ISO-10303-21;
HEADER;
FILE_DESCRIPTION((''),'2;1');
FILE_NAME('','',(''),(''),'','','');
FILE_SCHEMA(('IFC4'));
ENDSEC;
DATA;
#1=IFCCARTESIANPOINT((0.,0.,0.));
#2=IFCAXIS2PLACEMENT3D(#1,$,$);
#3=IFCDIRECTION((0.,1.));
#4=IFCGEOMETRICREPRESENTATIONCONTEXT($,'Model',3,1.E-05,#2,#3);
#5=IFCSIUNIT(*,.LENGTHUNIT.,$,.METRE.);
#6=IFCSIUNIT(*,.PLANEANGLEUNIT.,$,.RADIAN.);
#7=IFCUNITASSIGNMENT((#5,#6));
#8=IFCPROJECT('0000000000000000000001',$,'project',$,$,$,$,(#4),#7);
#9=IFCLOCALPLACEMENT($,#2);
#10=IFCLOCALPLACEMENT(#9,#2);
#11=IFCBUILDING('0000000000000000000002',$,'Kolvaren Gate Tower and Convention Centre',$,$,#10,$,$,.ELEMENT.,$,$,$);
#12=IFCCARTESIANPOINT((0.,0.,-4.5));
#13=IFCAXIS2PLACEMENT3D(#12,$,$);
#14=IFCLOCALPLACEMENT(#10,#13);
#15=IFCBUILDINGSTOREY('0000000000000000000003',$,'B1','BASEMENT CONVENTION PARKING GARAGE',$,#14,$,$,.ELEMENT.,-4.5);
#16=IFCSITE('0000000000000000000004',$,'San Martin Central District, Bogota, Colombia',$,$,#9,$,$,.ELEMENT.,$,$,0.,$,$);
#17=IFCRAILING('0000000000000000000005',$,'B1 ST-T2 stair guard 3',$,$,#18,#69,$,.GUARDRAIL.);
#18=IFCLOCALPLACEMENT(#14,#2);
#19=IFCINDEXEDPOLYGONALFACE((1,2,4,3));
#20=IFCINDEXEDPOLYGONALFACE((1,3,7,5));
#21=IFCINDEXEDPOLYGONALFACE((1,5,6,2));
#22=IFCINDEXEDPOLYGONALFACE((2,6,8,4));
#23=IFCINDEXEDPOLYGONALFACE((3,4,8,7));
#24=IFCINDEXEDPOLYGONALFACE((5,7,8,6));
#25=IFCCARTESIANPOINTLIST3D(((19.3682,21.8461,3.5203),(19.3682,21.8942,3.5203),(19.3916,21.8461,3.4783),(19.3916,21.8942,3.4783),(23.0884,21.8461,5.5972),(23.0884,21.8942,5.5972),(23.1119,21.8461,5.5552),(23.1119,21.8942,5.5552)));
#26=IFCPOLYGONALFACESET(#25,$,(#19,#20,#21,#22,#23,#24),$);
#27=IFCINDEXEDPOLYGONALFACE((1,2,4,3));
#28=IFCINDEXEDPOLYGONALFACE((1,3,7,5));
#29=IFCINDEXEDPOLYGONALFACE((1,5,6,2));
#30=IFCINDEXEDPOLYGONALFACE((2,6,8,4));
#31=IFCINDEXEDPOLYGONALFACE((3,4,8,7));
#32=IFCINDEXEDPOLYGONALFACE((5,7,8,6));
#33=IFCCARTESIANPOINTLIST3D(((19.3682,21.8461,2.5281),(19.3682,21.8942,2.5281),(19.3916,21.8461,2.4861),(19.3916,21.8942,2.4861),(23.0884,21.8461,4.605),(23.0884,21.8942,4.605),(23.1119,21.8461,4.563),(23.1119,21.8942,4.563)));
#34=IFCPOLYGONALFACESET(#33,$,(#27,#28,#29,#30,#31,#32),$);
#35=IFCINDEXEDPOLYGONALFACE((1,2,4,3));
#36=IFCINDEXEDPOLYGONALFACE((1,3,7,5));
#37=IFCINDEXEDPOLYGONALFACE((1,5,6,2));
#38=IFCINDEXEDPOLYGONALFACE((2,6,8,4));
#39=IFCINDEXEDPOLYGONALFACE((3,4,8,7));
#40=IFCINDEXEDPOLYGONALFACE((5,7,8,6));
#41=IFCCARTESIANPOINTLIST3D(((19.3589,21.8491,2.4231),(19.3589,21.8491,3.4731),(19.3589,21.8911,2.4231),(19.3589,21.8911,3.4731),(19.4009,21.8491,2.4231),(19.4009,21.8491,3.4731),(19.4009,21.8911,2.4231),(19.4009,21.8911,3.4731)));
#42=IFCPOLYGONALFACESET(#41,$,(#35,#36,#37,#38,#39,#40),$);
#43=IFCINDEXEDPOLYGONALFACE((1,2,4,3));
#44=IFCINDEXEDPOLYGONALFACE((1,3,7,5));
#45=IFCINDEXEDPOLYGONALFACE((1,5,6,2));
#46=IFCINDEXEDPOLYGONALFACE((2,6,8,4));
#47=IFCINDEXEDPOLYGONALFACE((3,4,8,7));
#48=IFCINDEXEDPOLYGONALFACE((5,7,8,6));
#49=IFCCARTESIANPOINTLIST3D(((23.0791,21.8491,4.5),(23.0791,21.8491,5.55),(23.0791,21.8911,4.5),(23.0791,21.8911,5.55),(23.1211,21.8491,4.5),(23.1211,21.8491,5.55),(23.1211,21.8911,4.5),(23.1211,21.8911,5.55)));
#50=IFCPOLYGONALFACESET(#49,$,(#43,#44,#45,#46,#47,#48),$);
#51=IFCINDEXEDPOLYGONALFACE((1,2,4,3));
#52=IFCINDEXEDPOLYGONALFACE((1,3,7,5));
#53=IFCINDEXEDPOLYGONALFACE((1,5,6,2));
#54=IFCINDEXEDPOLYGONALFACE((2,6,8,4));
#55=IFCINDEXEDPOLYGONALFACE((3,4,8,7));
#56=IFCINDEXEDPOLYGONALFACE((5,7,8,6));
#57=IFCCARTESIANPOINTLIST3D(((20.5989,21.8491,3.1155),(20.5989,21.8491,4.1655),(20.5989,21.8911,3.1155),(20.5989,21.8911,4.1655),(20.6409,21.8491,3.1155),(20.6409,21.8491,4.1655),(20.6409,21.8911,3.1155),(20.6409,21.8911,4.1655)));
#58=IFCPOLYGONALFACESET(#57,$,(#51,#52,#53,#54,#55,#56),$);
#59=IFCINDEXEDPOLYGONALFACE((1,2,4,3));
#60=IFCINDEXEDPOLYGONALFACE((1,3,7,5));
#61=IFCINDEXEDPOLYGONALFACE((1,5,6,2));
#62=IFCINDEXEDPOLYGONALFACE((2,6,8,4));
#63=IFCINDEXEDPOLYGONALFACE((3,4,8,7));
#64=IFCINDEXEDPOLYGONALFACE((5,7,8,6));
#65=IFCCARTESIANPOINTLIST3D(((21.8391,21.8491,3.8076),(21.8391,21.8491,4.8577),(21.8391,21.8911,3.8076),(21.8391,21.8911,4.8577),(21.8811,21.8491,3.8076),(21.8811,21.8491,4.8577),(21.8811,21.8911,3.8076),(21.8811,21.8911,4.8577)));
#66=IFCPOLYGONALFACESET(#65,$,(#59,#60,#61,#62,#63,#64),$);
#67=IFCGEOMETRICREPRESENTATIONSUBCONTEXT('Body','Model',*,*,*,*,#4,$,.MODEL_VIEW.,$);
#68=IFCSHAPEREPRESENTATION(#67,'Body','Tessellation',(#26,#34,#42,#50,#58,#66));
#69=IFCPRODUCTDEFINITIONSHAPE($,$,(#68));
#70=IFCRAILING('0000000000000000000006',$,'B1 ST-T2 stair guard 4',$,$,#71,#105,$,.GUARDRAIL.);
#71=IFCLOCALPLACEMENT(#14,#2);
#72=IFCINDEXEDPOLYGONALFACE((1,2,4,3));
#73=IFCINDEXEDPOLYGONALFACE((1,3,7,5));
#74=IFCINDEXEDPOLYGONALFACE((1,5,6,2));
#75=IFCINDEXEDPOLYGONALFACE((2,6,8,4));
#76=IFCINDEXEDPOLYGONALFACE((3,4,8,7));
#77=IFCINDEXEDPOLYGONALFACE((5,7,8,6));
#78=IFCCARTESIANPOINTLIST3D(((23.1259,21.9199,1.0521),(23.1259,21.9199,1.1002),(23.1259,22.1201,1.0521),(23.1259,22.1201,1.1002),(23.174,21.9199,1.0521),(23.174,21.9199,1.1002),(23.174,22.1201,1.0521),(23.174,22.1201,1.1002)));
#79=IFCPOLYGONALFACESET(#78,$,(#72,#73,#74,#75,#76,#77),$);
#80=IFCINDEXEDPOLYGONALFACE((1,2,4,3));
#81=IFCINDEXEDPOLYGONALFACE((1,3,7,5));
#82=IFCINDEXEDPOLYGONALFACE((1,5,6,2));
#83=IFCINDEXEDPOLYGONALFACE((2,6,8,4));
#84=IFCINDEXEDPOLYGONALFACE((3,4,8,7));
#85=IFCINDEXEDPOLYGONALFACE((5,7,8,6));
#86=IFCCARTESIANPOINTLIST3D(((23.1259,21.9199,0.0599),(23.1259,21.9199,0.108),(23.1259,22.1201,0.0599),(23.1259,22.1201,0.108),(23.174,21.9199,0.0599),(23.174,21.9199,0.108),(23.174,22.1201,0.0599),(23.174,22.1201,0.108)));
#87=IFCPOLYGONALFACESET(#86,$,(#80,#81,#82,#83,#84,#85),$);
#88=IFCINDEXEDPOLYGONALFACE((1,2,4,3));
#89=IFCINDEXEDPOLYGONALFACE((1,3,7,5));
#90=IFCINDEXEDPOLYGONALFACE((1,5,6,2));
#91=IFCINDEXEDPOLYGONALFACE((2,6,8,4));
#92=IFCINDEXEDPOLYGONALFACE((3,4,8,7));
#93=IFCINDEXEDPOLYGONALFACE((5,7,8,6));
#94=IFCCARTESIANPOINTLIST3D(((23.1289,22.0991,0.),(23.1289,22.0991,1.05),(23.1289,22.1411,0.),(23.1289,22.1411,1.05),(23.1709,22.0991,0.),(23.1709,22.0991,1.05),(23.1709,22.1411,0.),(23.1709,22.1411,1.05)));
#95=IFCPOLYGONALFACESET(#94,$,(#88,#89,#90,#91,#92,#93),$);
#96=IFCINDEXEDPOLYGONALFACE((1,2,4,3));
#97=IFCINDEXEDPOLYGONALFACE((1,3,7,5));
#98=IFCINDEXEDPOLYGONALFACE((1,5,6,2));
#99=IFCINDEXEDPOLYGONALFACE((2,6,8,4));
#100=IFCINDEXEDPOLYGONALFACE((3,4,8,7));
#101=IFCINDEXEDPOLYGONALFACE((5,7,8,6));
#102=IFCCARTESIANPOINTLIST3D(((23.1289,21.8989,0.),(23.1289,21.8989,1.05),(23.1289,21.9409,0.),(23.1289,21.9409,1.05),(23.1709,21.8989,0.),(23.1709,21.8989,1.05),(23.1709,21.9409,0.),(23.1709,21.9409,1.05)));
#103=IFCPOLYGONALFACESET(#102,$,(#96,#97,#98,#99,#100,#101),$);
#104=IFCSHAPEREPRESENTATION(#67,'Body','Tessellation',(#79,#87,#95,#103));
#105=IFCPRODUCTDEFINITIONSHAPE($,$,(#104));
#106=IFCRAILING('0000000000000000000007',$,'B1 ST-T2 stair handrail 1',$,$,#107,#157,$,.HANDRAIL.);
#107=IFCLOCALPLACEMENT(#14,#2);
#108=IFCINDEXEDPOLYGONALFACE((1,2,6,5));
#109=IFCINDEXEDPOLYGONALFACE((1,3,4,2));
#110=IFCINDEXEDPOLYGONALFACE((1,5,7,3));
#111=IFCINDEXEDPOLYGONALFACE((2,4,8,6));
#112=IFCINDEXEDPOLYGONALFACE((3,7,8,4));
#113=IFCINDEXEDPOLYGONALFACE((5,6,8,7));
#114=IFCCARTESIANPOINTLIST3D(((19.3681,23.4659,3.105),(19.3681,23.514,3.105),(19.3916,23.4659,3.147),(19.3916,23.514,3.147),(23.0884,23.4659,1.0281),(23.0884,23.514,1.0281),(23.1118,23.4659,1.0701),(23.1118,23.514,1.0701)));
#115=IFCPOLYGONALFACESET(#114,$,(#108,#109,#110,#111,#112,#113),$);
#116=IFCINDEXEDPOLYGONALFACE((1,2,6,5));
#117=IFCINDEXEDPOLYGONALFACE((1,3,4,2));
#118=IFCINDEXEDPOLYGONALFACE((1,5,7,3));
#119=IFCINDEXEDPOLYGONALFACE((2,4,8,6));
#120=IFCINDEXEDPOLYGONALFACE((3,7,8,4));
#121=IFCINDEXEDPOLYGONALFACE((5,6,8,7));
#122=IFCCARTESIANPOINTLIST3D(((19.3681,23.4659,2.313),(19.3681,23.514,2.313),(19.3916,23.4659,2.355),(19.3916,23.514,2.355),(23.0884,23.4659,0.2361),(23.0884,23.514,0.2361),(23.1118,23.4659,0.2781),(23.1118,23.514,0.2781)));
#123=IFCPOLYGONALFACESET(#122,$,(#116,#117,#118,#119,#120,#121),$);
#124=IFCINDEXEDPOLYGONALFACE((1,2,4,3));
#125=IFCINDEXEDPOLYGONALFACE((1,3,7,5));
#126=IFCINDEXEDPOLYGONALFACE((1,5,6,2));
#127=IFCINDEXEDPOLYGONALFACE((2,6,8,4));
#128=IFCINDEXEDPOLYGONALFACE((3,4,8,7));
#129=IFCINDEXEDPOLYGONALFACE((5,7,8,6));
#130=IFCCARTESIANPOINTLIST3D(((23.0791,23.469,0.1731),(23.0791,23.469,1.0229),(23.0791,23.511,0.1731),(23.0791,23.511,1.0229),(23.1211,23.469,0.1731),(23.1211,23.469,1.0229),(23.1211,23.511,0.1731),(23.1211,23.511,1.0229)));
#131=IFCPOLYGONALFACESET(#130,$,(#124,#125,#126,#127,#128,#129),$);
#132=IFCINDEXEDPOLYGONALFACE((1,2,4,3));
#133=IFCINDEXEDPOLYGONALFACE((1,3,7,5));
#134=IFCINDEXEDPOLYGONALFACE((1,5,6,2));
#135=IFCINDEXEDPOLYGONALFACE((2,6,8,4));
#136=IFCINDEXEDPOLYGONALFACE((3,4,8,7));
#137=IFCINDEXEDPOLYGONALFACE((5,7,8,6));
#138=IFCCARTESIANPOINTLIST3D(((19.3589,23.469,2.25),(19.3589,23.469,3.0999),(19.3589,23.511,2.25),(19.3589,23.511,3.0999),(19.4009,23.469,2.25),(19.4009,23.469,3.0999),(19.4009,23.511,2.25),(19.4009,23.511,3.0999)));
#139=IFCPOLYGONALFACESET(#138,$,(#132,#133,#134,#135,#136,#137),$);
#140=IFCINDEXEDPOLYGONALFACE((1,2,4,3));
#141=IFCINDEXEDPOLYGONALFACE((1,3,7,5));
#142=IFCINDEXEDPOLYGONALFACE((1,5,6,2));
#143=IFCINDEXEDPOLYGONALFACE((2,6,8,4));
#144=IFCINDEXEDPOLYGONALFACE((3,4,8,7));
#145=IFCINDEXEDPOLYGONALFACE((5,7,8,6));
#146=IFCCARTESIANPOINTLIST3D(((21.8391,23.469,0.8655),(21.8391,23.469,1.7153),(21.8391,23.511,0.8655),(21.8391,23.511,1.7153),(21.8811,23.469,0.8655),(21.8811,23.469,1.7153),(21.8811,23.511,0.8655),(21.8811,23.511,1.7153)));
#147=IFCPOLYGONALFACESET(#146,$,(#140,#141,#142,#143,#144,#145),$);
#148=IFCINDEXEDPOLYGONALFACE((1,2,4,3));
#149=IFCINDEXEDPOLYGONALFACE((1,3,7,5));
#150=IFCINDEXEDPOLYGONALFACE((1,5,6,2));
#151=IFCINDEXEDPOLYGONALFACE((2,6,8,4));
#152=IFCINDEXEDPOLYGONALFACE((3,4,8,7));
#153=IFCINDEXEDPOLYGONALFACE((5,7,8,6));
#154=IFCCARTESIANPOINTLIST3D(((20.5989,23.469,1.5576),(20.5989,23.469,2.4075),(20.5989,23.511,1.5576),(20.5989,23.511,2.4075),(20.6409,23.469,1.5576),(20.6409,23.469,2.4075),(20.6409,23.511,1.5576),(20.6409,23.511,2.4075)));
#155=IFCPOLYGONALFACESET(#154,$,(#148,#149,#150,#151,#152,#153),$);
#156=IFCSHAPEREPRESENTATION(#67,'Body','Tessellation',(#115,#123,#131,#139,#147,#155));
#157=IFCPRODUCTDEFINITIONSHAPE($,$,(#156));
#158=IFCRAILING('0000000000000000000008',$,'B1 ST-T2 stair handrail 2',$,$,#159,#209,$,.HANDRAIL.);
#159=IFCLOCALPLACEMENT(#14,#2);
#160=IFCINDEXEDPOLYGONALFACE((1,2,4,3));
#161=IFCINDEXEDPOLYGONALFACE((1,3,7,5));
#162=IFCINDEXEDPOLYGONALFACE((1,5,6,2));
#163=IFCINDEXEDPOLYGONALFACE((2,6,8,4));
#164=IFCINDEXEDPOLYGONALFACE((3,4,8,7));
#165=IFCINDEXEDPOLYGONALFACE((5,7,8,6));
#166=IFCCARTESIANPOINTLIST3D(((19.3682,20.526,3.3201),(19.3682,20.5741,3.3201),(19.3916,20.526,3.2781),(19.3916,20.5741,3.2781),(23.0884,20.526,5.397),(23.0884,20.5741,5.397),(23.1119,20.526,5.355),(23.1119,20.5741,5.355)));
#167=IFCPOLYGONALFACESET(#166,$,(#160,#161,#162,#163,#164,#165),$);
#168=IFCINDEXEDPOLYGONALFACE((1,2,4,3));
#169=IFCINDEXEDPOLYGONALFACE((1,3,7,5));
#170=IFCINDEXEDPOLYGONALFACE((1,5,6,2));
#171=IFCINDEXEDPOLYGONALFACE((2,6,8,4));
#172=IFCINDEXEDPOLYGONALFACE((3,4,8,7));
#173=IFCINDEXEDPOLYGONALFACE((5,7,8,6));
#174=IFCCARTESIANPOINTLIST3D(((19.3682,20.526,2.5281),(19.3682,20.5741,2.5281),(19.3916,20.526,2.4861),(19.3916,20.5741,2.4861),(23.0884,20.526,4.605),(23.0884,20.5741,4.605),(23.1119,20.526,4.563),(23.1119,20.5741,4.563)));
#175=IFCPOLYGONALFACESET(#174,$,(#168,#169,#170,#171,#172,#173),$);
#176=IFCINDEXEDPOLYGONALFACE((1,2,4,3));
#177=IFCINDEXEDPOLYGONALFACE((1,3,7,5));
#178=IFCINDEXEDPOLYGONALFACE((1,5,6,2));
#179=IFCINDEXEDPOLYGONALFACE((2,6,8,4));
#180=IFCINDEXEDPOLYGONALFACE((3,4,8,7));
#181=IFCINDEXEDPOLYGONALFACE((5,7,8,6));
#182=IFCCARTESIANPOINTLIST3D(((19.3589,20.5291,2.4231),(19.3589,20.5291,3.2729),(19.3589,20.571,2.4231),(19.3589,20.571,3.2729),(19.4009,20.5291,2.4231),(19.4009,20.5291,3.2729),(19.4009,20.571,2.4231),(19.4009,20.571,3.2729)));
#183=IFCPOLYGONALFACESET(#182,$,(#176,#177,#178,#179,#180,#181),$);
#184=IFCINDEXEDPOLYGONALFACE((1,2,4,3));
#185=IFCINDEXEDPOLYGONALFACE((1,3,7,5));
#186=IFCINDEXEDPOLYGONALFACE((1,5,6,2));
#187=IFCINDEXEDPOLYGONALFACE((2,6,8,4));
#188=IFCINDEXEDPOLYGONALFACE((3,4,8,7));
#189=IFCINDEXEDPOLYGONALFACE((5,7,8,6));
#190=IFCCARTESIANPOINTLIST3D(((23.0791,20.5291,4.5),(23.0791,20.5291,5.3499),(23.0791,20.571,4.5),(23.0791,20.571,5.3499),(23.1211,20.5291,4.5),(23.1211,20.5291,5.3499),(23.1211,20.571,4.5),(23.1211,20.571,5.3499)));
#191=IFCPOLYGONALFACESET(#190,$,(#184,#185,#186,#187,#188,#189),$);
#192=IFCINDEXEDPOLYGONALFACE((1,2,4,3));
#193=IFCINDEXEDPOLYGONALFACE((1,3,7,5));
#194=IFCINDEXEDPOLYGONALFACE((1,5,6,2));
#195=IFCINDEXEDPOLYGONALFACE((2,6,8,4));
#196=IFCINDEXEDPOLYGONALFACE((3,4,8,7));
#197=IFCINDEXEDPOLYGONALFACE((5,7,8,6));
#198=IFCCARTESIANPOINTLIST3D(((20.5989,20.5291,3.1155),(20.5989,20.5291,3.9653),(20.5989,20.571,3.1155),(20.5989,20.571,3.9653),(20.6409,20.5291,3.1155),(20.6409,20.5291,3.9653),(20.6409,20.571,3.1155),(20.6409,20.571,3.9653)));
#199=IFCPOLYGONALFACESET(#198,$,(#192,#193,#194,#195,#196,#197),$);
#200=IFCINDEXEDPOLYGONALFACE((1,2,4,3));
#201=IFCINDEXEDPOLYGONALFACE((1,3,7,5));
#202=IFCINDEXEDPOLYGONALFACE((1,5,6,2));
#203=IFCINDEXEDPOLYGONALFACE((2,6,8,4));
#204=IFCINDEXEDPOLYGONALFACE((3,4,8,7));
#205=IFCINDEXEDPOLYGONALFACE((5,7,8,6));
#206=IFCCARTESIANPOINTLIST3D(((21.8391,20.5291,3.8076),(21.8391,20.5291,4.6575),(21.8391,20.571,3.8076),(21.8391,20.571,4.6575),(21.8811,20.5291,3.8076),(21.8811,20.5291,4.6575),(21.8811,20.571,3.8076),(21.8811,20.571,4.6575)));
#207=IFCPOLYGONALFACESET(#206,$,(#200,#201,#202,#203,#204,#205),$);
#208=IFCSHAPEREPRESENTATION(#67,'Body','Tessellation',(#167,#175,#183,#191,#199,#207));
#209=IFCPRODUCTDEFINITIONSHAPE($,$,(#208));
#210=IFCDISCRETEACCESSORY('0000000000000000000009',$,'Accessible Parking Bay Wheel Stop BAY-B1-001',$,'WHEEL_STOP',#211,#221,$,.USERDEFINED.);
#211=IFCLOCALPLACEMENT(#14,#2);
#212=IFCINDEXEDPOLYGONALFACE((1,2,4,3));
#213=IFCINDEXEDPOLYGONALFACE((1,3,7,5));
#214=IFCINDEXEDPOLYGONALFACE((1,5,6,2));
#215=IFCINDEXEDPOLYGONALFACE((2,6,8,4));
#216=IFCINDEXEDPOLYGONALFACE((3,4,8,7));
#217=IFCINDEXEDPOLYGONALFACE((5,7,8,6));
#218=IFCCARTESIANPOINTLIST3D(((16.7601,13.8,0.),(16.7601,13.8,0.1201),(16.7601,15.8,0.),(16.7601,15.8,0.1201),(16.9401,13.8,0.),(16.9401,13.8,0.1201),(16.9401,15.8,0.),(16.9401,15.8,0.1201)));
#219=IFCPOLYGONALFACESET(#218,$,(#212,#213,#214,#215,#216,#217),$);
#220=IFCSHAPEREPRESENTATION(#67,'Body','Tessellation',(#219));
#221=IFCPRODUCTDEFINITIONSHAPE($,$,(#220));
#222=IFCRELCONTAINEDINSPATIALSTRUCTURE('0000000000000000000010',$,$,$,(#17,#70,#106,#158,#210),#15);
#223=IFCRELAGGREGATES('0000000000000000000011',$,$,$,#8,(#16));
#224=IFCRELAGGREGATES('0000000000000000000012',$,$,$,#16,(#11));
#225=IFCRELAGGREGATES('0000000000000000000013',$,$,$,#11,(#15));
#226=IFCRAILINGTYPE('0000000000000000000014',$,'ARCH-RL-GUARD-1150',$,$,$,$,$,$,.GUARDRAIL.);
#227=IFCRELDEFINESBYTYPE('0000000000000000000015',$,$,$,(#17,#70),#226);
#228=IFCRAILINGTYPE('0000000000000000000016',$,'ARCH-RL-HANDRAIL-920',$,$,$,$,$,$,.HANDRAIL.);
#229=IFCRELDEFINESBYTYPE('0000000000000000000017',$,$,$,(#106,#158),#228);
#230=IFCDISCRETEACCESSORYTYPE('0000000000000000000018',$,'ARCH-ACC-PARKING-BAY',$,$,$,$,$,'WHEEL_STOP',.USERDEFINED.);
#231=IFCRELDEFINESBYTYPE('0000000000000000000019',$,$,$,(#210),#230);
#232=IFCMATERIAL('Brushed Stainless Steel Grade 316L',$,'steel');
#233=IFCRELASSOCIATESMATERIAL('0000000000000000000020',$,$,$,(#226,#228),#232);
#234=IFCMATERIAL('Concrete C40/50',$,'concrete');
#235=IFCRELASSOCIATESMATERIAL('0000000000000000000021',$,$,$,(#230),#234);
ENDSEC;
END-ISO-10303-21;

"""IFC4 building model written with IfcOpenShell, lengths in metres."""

from ifc_helpers import new_model, si_unit, direction, frame, origin, origin_2d, place, context, subcontext, project, spatial, rectangle, extrude, material, type_object, element, save


model = new_model("IFC4")

# Units and contexts
model_context = context("Model", 3, precision=1e-05, world=origin(), true_north=direction((0.0, 1.0)))
body_context = subcontext(model_context, "Body", "Model", "MODEL_VIEW")
ifc_project = project(units=[si_unit("LENGTHUNIT", "METRE"), si_unit("PLANEANGLEUNIT", "RADIAN")], contexts=[model_context])

# Site, building, storey
site_placement = place(None, origin())
site = spatial("IfcSite", under=ifc_project, at=site_placement, Name="San Martin Central District, Bogota, Colombia", CompositionType="ELEMENT", RefElevation=0.0)
building_placement = place(site_placement, origin())
building = spatial("IfcBuilding", under=site, at=building_placement, Name="Kolvaren Gate Tower and Convention Centre", CompositionType="ELEMENT")
storey_placement = place(building_placement, frame((0.0, 0.0, -4.5)))
storey = spatial("IfcBuildingStorey", under=building, at=storey_placement, Name="B1", Description="BASEMENT CONVENTION PARKING GARAGE", CompositionType="ELEMENT", Elevation=-4.5)

# Shared definitions
ifc_material_1 = material(Name="Brushed Stainless Steel Grade 316L", Category="steel")

# Railings
railing_type_1 = type_object("IfcRailingType", Name="ARCH-RL-GUARD-1150", PredefinedType="GUARDRAIL", material=ifc_material_1)
railing_1_placement = place(storey_placement, frame((19.3799, 21.8701, 2.4231)))
element("IfcRailing", 1, at=railing_1_placement, inside=storey, type_object=railing_type_1, Name="B1 ST-T2 stair guard 3", PredefinedType="GUARDRAIL", context=body_context, shape_type="SweptSolid", body=[
    extrude(rectangle(XDim=0.0481, YDim=0.0481, at=origin_2d()), frame((0.0, 0.0, 1.0762), z_axis=(0.873147, 0.0, 0.487457), x_axis=(0.0, 1.0, 0.0)), (0.0, 0.0, 1.0), 4.2607),
    extrude(rectangle(XDim=0.0481, YDim=0.0481, at=origin_2d()), frame((0.0, 0.0, 0.084), z_axis=(0.873147, 0.0, 0.487457), x_axis=(0.0, 1.0, 0.0)), (0.0, 0.0, 1.0), 4.2607),
    extrude(rectangle(XDim=0.042, YDim=0.042, at=origin_2d()), origin(), (0.0, 0.0, 1.0), 1.05),
    extrude(rectangle(XDim=0.042, YDim=0.042, at=origin_2d()), frame((3.7202, 0.0, 2.0769)), (0.0, 0.0, 1.0), 1.05),
    extrude(rectangle(XDim=0.042, YDim=0.042, at=origin_2d()), frame((1.24, 0.0, 0.6924)), (0.0, 0.0, 1.0), 1.05),
    extrude(rectangle(XDim=0.042, YDim=0.042, at=origin_2d()), frame((2.4802, 0.0, 1.3845)), (0.0, 0.0, 1.0), 1.05),
])
railing_2_placement = place(storey_placement, frame((23.1499, 22.1201, 0.0)))
element("IfcRailing", 2, at=railing_2_placement, inside=storey, type_object=railing_type_1, Name="B1 ST-T2 stair guard 4", PredefinedType="GUARDRAIL", context=body_context, shape_type="SweptSolid", body=[
    extrude(rectangle(XDim=0.0481, YDim=0.0481, at=origin_2d()), frame((0.0, 0.0, 1.0762), z_axis=(0.0, -1.0, 0.0), x_axis=(1.0, 0.0, 0.0)), (0.0, 0.0, 1.0), 0.2002),
    extrude(rectangle(XDim=0.0481, YDim=0.0481, at=origin_2d()), frame((0.0, 0.0, 0.084), z_axis=(0.0, -1.0, 0.0), x_axis=(1.0, 0.0, 0.0)), (0.0, 0.0, 1.0), 0.2002),
    extrude(rectangle(XDim=0.042, YDim=0.042, at=origin_2d()), origin(), (0.0, 0.0, 1.0), 1.05),
    extrude(rectangle(XDim=0.042, YDim=0.042, at=origin_2d()), frame((0.0, -0.2002, 0.0)), (0.0, 0.0, 1.0), 1.05),
])
railing_type_2 = type_object("IfcRailingType", Name="ARCH-RL-HANDRAIL-920", PredefinedType="HANDRAIL", material=ifc_material_1)
railing_3_placement = place(storey_placement, frame((23.1001, 23.49, 0.1731)))
element("IfcRailing", 3, at=railing_3_placement, inside=storey, type_object=railing_type_2, Name="B1 ST-T2 stair handrail 1", PredefinedType="HANDRAIL", context=body_context, shape_type="SweptSolid", body=[
    extrude(rectangle(XDim=0.0481, YDim=0.0481, at=origin_2d()), frame((0.0, 0.0, 0.876), z_axis=(-0.873147, 0.0, 0.487457), x_axis=(0.0, -1.0, 0.0)), (0.0, 0.0, 1.0), 4.2607),
    extrude(rectangle(XDim=0.0481, YDim=0.0481, at=origin_2d()), frame((0.0, 0.0, 0.084), z_axis=(-0.873147, 0.0, 0.487457), x_axis=(0.0, -1.0, 0.0)), (0.0, 0.0, 1.0), 4.2607),
    extrude(rectangle(XDim=0.042, YDim=0.042, at=origin_2d()), origin(), (0.0, 0.0, 1.0), 0.8499),
    extrude(rectangle(XDim=0.042, YDim=0.042, at=origin_2d()), frame((-3.7202, 0.0, 2.0769)), (0.0, 0.0, 1.0), 0.8499),
    extrude(rectangle(XDim=0.042, YDim=0.042, at=origin_2d()), frame((-1.24, 0.0, 0.6924)), (0.0, 0.0, 1.0), 0.8499),
    extrude(rectangle(XDim=0.042, YDim=0.042, at=origin_2d()), frame((-2.4802, 0.0, 1.3845)), (0.0, 0.0, 1.0), 0.8499),
])
railing_4_placement = place(storey_placement, frame((19.3799, 20.55, 2.4231)))
element("IfcRailing", 4, at=railing_4_placement, inside=storey, type_object=railing_type_2, Name="B1 ST-T2 stair handrail 2", PredefinedType="HANDRAIL", context=body_context, shape_type="SweptSolid", body=[
    extrude(rectangle(XDim=0.0481, YDim=0.0481, at=origin_2d()), frame((0.0, 0.0, 0.876), z_axis=(0.873147, 0.0, 0.487457), x_axis=(0.0, 1.0, 0.0)), (0.0, 0.0, 1.0), 4.2607),
    extrude(rectangle(XDim=0.0481, YDim=0.0481, at=origin_2d()), frame((0.0, 0.0, 0.084), z_axis=(0.873147, 0.0, 0.487457), x_axis=(0.0, 1.0, 0.0)), (0.0, 0.0, 1.0), 4.2607),
    extrude(rectangle(XDim=0.042, YDim=0.042, at=origin_2d()), origin(), (0.0, 0.0, 1.0), 0.8499),
    extrude(rectangle(XDim=0.042, YDim=0.042, at=origin_2d()), frame((3.7202, 0.0, 2.0769)), (0.0, 0.0, 1.0), 0.8499),
    extrude(rectangle(XDim=0.042, YDim=0.042, at=origin_2d()), frame((1.24, 0.0, 0.6924)), (0.0, 0.0, 1.0), 0.8499),
    extrude(rectangle(XDim=0.042, YDim=0.042, at=origin_2d()), frame((2.4802, 0.0, 1.3845)), (0.0, 0.0, 1.0), 0.8499),
])

# Discrete accessory
ifc_material_2 = material(Name="Concrete C40/50", Category="concrete")
discrete_accessory_type = type_object("IfcDiscreteAccessoryType", Name="ARCH-ACC-PARKING-BAY", ElementType="WHEEL_STOP", PredefinedType="USERDEFINED", material=ifc_material_2)
discrete_accessory_placement = place(storey_placement, frame((16.8501, 14.8, 0.0), z_axis=(0.0, 0.0, 1.0), x_axis=(0.0, 1.0, 0.0)))
element("IfcDiscreteAccessory", 5, at=discrete_accessory_placement, inside=storey, type_object=discrete_accessory_type, Name="Accessible Parking Bay Wheel Stop BAY-B1-001", ObjectType="WHEEL_STOP", PredefinedType="USERDEFINED", context=body_context, shape_type="SweptSolid", body=[
    extrude(rectangle(XDim=2.0, YDim=0.1799, at=origin_2d()), origin(), (0.0, 0.0, 1.0), 0.1201),
])

save(model, "model.ifc")
